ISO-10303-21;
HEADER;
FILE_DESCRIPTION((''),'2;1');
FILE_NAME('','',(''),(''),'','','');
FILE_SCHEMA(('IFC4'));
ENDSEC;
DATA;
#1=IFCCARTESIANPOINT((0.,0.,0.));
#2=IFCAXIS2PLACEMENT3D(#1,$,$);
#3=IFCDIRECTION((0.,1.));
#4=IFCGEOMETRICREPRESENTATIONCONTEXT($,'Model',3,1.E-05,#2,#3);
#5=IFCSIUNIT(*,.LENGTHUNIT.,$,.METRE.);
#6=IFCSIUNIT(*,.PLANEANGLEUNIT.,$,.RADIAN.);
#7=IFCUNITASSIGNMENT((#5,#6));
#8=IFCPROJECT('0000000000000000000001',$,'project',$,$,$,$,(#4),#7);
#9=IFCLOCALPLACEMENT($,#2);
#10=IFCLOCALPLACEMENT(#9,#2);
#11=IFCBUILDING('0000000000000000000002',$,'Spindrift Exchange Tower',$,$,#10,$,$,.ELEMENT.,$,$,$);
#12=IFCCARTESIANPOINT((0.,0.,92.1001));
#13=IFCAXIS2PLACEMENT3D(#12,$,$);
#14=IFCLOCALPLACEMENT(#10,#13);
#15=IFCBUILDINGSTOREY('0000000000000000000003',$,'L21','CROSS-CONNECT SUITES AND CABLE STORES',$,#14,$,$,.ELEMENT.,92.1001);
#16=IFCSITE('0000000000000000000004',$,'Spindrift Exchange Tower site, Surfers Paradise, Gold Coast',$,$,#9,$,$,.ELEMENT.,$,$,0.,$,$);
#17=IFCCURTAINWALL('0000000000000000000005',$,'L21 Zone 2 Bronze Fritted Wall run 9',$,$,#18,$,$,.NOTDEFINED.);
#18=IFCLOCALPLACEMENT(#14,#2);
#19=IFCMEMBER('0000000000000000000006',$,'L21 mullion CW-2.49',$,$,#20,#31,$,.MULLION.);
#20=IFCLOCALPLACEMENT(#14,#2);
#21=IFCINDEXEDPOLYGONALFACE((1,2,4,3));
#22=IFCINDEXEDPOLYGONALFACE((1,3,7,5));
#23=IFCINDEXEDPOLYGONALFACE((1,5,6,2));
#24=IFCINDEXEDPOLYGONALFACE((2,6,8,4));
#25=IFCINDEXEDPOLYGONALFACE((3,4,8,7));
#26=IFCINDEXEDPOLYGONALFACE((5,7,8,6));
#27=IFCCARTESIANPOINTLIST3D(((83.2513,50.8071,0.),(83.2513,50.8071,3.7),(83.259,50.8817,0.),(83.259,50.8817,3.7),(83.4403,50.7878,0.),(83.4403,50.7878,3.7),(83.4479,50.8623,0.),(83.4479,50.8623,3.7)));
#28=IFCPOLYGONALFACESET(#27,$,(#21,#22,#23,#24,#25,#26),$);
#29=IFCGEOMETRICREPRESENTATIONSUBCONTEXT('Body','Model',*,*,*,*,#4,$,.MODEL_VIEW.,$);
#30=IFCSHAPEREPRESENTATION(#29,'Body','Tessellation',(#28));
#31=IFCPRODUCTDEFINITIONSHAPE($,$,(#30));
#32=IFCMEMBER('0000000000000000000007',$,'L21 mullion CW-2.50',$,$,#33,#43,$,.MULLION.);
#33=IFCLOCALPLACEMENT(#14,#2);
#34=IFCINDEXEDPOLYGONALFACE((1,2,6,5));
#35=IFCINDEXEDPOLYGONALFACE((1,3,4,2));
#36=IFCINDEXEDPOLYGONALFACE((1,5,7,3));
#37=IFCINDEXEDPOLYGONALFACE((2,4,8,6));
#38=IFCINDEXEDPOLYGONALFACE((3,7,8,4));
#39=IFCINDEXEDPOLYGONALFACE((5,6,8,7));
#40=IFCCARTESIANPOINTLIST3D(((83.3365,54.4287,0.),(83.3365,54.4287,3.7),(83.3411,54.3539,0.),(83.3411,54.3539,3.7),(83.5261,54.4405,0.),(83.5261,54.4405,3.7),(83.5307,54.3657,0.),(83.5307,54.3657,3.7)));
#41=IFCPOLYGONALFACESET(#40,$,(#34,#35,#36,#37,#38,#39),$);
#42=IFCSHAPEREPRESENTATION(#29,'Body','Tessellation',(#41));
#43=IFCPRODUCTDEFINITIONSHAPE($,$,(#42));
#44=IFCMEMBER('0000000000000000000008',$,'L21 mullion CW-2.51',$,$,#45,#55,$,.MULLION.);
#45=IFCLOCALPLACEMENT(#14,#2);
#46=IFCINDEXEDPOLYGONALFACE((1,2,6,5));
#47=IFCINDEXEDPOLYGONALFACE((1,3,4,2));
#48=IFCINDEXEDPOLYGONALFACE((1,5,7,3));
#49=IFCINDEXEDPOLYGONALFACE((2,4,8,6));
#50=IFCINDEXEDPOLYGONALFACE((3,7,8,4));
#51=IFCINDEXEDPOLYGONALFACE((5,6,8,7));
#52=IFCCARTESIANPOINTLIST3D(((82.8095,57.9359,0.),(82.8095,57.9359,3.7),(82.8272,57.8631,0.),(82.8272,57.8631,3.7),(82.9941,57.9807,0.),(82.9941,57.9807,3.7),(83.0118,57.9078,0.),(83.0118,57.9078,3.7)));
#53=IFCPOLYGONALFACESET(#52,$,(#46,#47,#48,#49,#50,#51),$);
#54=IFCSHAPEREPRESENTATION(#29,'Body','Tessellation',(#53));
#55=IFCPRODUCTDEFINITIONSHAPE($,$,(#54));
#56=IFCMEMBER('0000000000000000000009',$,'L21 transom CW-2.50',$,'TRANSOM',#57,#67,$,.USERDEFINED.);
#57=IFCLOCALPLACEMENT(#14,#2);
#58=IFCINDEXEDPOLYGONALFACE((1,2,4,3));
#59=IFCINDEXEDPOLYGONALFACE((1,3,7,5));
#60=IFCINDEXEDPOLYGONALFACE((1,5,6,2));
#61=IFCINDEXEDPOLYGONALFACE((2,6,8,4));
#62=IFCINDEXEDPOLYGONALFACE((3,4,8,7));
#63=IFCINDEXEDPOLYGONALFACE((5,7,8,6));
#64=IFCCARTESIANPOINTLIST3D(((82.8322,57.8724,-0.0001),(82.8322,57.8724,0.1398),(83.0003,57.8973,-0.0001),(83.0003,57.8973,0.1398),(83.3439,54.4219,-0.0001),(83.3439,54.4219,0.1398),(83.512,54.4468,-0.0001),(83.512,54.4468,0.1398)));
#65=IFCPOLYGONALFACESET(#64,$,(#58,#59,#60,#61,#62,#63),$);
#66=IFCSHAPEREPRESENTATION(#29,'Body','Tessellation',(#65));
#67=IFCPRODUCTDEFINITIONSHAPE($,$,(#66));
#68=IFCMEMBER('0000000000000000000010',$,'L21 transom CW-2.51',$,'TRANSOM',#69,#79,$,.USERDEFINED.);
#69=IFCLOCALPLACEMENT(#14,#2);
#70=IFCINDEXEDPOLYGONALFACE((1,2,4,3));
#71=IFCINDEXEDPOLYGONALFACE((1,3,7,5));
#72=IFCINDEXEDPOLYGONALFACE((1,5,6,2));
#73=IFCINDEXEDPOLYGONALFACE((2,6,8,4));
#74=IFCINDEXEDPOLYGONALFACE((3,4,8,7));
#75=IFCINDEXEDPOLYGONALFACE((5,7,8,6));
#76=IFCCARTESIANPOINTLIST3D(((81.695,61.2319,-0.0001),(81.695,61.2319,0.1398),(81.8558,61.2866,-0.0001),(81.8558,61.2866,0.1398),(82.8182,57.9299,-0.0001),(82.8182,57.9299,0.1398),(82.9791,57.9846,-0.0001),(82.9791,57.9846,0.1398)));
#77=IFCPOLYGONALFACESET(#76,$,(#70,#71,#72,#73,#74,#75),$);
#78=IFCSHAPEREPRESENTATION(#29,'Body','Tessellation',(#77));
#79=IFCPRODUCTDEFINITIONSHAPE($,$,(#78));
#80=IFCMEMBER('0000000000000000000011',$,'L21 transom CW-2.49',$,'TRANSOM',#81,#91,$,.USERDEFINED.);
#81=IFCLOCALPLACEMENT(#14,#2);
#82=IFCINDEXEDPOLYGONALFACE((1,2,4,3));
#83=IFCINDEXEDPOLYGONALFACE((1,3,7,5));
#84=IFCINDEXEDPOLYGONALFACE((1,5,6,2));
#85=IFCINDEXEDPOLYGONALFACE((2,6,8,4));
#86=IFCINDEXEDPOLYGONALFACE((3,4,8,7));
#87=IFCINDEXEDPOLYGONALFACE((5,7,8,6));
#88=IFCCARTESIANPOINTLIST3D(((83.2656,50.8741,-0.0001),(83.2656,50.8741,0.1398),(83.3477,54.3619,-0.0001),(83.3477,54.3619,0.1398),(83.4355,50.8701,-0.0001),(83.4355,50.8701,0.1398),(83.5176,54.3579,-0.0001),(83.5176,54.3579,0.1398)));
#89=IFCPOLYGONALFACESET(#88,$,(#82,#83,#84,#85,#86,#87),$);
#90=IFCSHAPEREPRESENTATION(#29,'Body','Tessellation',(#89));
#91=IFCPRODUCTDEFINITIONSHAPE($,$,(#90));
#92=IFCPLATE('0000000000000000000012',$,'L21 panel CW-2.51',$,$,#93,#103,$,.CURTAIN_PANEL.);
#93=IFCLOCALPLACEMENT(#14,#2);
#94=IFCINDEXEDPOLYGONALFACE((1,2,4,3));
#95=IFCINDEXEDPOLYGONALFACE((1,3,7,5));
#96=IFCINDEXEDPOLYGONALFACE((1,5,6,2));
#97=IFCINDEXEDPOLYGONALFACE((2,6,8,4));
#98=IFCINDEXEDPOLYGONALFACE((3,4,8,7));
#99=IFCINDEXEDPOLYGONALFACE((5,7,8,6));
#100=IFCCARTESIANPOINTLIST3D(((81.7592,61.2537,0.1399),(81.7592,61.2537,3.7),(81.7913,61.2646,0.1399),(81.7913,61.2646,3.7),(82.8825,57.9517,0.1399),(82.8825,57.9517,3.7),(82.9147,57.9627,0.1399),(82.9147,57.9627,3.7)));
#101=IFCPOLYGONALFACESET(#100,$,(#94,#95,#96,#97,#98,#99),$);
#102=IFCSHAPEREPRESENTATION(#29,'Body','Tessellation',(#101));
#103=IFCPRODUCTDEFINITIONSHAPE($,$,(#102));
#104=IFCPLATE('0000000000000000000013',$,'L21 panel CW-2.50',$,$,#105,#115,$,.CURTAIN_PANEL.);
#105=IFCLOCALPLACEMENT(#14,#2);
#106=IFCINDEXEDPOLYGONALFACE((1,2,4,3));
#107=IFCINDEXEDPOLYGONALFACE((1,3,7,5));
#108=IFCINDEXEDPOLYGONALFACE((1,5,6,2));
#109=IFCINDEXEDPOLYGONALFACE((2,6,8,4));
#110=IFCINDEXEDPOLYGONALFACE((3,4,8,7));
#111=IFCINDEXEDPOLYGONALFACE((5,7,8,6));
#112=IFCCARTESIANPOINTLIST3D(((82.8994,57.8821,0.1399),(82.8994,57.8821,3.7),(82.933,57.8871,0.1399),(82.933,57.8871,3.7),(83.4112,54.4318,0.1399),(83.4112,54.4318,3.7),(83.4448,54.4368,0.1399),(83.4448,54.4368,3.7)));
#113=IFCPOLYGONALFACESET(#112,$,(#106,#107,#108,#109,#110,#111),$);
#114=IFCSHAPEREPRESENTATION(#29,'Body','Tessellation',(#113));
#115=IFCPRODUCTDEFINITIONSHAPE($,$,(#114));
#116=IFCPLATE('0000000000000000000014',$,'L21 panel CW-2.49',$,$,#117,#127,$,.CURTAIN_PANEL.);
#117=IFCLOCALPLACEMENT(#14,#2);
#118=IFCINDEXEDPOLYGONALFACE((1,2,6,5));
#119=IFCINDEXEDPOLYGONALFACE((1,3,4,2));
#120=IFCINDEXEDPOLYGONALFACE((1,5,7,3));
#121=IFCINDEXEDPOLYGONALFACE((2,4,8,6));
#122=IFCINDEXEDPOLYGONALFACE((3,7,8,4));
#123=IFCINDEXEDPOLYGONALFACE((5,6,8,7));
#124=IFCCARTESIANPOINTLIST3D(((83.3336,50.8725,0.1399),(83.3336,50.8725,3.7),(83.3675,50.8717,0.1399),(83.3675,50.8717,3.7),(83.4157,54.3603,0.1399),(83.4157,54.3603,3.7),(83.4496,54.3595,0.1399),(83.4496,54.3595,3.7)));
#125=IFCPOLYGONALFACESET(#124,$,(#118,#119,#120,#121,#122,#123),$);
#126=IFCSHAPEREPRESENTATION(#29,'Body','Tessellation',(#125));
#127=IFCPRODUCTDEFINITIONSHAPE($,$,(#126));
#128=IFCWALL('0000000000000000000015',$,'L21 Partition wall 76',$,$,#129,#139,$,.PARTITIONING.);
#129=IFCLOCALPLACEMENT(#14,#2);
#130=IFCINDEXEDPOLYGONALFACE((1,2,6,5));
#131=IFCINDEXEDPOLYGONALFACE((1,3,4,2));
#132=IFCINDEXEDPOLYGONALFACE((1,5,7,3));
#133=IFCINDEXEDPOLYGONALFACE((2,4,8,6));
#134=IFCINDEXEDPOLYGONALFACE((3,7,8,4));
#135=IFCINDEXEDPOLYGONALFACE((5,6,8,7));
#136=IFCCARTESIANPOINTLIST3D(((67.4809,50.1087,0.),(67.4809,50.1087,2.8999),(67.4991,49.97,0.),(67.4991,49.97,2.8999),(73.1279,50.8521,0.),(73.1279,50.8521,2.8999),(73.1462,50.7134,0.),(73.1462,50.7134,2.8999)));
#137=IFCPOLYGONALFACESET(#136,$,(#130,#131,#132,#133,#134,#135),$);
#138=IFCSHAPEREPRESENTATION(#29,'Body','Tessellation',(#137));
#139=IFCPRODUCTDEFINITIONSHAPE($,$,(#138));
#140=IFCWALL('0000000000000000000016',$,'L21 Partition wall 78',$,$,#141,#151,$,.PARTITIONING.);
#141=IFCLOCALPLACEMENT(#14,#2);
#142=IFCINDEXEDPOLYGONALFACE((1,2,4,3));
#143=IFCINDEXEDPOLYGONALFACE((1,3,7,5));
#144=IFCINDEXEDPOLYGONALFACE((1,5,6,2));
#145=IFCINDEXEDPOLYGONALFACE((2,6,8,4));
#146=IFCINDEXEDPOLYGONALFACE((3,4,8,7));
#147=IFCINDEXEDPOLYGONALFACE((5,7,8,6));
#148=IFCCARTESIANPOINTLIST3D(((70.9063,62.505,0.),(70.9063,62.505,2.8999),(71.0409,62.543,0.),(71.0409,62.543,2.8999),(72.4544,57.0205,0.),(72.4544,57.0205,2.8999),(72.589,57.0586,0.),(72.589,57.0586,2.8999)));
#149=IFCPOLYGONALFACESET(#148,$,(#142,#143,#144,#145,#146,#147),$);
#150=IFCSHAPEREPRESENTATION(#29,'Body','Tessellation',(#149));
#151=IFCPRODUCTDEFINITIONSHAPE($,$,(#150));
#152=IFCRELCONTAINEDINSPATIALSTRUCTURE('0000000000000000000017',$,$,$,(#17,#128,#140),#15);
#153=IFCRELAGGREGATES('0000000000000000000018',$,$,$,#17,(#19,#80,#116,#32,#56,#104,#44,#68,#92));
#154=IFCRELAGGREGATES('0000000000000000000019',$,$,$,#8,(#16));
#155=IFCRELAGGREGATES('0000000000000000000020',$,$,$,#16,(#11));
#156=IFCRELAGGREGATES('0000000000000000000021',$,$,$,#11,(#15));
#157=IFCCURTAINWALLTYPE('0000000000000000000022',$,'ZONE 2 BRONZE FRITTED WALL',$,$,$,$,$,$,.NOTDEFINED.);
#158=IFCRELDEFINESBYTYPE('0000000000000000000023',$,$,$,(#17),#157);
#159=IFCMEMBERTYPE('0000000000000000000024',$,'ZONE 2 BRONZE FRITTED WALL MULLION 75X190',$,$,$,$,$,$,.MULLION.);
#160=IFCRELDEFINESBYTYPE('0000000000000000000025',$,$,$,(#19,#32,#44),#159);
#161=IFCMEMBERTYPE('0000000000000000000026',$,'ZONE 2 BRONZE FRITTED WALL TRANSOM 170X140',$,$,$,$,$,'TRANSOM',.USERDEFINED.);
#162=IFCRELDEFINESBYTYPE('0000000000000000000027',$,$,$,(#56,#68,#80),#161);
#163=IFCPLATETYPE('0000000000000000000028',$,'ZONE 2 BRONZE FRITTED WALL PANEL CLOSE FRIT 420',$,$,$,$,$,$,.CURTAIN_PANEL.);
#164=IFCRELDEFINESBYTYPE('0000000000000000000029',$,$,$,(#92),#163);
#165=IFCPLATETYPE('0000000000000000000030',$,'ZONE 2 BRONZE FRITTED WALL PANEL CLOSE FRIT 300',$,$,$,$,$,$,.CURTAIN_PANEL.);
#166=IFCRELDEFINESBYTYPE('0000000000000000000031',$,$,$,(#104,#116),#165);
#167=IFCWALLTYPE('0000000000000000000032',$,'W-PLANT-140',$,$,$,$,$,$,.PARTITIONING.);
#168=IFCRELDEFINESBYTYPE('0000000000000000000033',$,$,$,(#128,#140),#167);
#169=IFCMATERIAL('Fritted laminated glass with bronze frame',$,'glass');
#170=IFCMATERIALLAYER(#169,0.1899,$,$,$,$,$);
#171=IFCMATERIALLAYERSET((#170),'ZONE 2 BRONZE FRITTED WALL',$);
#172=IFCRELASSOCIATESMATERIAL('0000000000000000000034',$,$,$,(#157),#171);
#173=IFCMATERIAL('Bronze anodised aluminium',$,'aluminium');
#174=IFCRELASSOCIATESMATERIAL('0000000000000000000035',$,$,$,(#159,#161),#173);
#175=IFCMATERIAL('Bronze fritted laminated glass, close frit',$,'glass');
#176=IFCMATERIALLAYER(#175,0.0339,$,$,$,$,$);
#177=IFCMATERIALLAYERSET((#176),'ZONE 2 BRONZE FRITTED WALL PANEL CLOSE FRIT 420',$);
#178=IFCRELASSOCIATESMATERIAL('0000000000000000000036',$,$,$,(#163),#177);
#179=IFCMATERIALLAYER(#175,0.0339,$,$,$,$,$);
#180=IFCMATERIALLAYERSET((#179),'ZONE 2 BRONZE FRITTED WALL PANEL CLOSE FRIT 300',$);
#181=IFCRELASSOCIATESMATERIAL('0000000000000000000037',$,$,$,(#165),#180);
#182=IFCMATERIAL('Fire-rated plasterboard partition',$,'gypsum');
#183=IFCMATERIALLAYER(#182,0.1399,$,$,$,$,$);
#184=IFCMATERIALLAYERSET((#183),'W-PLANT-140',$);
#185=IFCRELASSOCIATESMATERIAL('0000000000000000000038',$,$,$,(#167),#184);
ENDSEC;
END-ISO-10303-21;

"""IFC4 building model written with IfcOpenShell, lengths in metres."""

from ifc_helpers import new_model, si_unit, direction, frame, frame_2d, origin, origin_2d, place, context, subcontext, project, spatial, rectangle, extrude, source, transform, mapped, material, layer, layer_set, material_profile, profile_set, type_object, element, aggregate, save


model = new_model("IFC4")

# Units and contexts
model_context = context("Model", 3, precision=1e-05, world=origin(), true_north=direction((0.0, 1.0)))
body_context = subcontext(model_context, "Body", "Model", "MODEL_VIEW")
ifc_project = project(units=[si_unit("LENGTHUNIT", "METRE"), si_unit("PLANEANGLEUNIT", "RADIAN")], contexts=[model_context])

# Site, building, storey
site_placement = place(None, origin())
site = spatial("IfcSite", under=ifc_project, at=site_placement, Name="Spindrift Exchange Tower site, Surfers Paradise, Gold Coast", CompositionType="ELEMENT", RefElevation=0.0)
building_placement = place(site_placement, origin())
building = spatial("IfcBuilding", under=site, at=building_placement, Name="Spindrift Exchange Tower", CompositionType="ELEMENT")
storey_placement = place(building_placement, frame((0.0, 0.0, 92.1001)))
storey = spatial("IfcBuildingStorey", under=building, at=storey_placement, Name="L21", Description="CROSS-CONNECT SUITES AND CABLE STORES", CompositionType="ELEMENT", Elevation=92.1001)

# Curtain wall, members, plates
ifc_material_1 = material(Name="Fritted laminated glass with bronze frame", Category="glass")
ifc_layer_1 = layer(ifc_material_1, 0.1899)
ifc_layer_set_1 = layer_set([ifc_layer_1], Name="ZONE 2 BRONZE FRITTED WALL")
curtain_wall_type = type_object("IfcCurtainWallType", Name="ZONE 2 BRONZE FRITTED WALL", PredefinedType="NOTDEFINED", material=ifc_layer_set_1)
curtain_wall_placement = place(storey_placement, origin())
curtain_wall = element("IfcCurtainWall", 1, at=curtain_wall_placement, inside=storey, type_object=curtain_wall_type, Name="L21 Zone 2 Bronze Fritted Wall run 9", PredefinedType="NOTDEFINED")
ifc_material_2 = material(Name="Bronze anodised aluminium", Category="aluminium")
ifc_material_profile_1 = material_profile(ifc_material_2, rectangle(XDim=0.075, YDim=0.1899, at=origin_2d()), Name="ZONE 2 BRONZE FRITTED WALL MULLION 75X190")
ifc_profile_set_1 = profile_set([ifc_material_profile_1], Name="Bronze anodised aluminium")
member_type_1 = type_object("IfcMemberType", Name="ZONE 2 BRONZE FRITTED WALL MULLION 75X190", PredefinedType="MULLION", material=ifc_profile_set_1)
shared_shape_1 = source(origin(), body_context, "Body", "SweptSolid", [
    extrude(rectangle(XDim=0.075, YDim=0.1899, at=origin_2d()), origin(), (0.0, 0.0, 1.0), 3.7),
])
member_1_placement = place(storey_placement, frame((83.3496, 50.8347, 0.0), z_axis=(0.0, 0.0, 1.0), x_axis=(0.101932, 0.994791, 0.0)))
member_1 = element("IfcMember", 2, at=member_1_placement, type_object=member_type_1, Name="L21 mullion CW-2.49", PredefinedType="MULLION", context=body_context, shape_type="MappedRepresentation", body=[
    mapped(shared_shape_1, transform((0.0, 0.0, 0.0), scale=1.0)),
])
member_2_placement = place(storey_placement, frame((83.4336, 54.3972, 0.0), z_axis=(0.0, 0.0, 1.0), x_axis=(-0.061832, 0.998087, 0.0)))
member_2 = element("IfcMember", 3, at=member_2_placement, type_object=member_type_1, Name="L21 mullion CW-2.50", PredefinedType="MULLION", context=body_context, shape_type="MappedRepresentation", body=[
    mapped(shared_shape_1, transform((0.0, 0.0, 0.0), scale=1.0)),
])
member_3_placement = place(storey_placement, frame((82.9106, 57.9219, 0.0), z_axis=(0.0, 0.0, 1.0), x_axis=(-0.235365, 0.971907, 0.0)))
member_3 = element("IfcMember", 4, at=member_3_placement, type_object=member_type_1, Name="L21 mullion CW-2.51", PredefinedType="MULLION", context=body_context, shape_type="MappedRepresentation", body=[
    mapped(shared_shape_1, transform((0.0, 0.0, 0.0), scale=1.0)),
])
ifc_material_profile_2 = material_profile(ifc_material_2, rectangle(XDim=0.1699, YDim=0.1399, at=origin_2d()), Name="ZONE 2 BRONZE FRITTED WALL TRANSOM 170X140")
ifc_profile_set_2 = profile_set([ifc_material_profile_2], Name="Bronze anodised aluminium")
member_type_2 = type_object("IfcMemberType", Name="ZONE 2 BRONZE FRITTED WALL TRANSOM 170X140", ElementType="TRANSOM", PredefinedType="USERDEFINED", material=ifc_profile_set_2)
shared_shape_2 = source(origin(), body_context, "Body", "SweptSolid", [
    extrude(rectangle(XDim=0.1699, YDim=0.1399, at=origin_2d()), origin(), (0.0, 0.0, 1.0), 3.4883),
])
member_4_placement = place(storey_placement, frame((83.428, 54.4343, 0.0698), z_axis=(-0.146701, 0.989181, 0.0), x_axis=(-0.989181, -0.146701, 0.0)))
member_4 = element("IfcMember", 5, at=member_4_placement, type_object=member_type_2, Name="L21 transom CW-2.50", ObjectType="TRANSOM", PredefinedType="USERDEFINED", context=body_context, shape_type="MappedRepresentation", body=[
    mapped(shared_shape_2, transform((0.0, 0.0, 0.0), scale=1.0)),
])
shared_shape_3 = source(origin(), body_context, "Body", "SweptSolid", [
    extrude(rectangle(XDim=0.1699, YDim=0.1399, at=origin_2d()), origin(), (0.0, 0.0, 1.0), 3.4878),
])
member_5_placement = place(storey_placement, frame((82.8987, 57.9573, 0.0698), z_axis=(-0.32206, 0.946719, 0.0), x_axis=(-0.946719, -0.32206, 0.0)))
member_5 = element("IfcMember", 6, at=member_5_placement, type_object=member_type_2, Name="L21 transom CW-2.51", ObjectType="TRANSOM", PredefinedType="USERDEFINED", context=body_context, shape_type="MappedRepresentation", body=[
    mapped(shared_shape_3, transform((0.0, 0.0, 0.0), scale=1.0)),
])
shared_shape_4 = source(origin(), body_context, "Body", "SweptSolid", [
    extrude(rectangle(XDim=0.1699, YDim=0.1399, at=origin_2d()), origin(), (0.0, 0.0, 1.0), 3.4888),
])
member_6_placement = place(storey_placement, frame((83.3506, 50.8721, 0.0698), z_axis=(0.023513, 0.999724, 0.0), x_axis=(-0.999724, 0.023513, 0.0)))
member_6 = element("IfcMember", 7, at=member_6_placement, type_object=member_type_2, Name="L21 transom CW-2.49", ObjectType="TRANSOM", PredefinedType="USERDEFINED", context=body_context, shape_type="MappedRepresentation", body=[
    mapped(shared_shape_4, transform((0.0, 0.0, 0.0), scale=1.0)),
])
ifc_material_3 = material(Name="Bronze fritted laminated glass, close frit", Category="glass")
ifc_layer_2 = layer(ifc_material_3, 0.0339)
ifc_layer_set_2 = layer_set([ifc_layer_2], Name="ZONE 2 BRONZE FRITTED WALL PANEL CLOSE FRIT 420")
plate_type_1 = type_object("IfcPlateType", Name="ZONE 2 BRONZE FRITTED WALL PANEL CLOSE FRIT 420", PredefinedType="CURTAIN_PANEL", material=ifc_layer_set_2)
shared_shape_5 = source(origin(), body_context, "Body", "SweptSolid", [
    extrude(rectangle(XDim=3.4878, YDim=0.0339, at=origin_2d()), origin(), (0.0, 0.0, 1.0), 3.5601),
])
plate_1_placement = place(storey_placement, frame((82.3369, 59.6082, 0.1399), z_axis=(0.0, 0.0, 1.0), x_axis=(-0.322082, 0.946712, 0.0)))
plate_1 = element("IfcPlate", 8, at=plate_1_placement, type_object=plate_type_1, Name="L21 panel CW-2.51", PredefinedType="CURTAIN_PANEL", context=body_context, shape_type="MappedRepresentation", body=[
    mapped(shared_shape_5, transform((0.0, 0.0, 0.0), scale=1.0)),
])
ifc_layer_3 = layer(ifc_material_3, 0.0339)
ifc_layer_set_3 = layer_set([ifc_layer_3], Name="ZONE 2 BRONZE FRITTED WALL PANEL CLOSE FRIT 300")
plate_type_2 = type_object("IfcPlateType", Name="ZONE 2 BRONZE FRITTED WALL PANEL CLOSE FRIT 300", PredefinedType="CURTAIN_PANEL", material=ifc_layer_set_3)
shared_shape_6 = source(origin(), body_context, "Body", "SweptSolid", [
    extrude(rectangle(XDim=3.488, YDim=0.0339, at=origin_2d()), origin(), (0.0, 0.0, 1.0), 3.5601),
])
plate_2_placement = place(storey_placement, frame((83.1721, 56.1594, 0.1399), z_axis=(0.0, 0.0, 1.0), x_axis=(-0.146727, 0.989177, 0.0)))
plate_2 = element("IfcPlate", 9, at=plate_2_placement, type_object=plate_type_2, Name="L21 panel CW-2.50", PredefinedType="CURTAIN_PANEL", context=body_context, shape_type="MappedRepresentation", body=[
    mapped(shared_shape_6, transform((0.0, 0.0, 0.0), scale=1.0)),
])
shared_shape_7 = source(origin(), body_context, "Body", "SweptSolid", [
    extrude(rectangle(XDim=3.4888, YDim=0.0339, at=origin_2d()), origin(), (0.0, 0.0, 1.0), 3.5601),
])
plate_3_placement = place(storey_placement, frame((83.3916, 52.616, 0.1399), z_axis=(0.0, 0.0, 1.0), x_axis=(0.023514, 0.999723, 0.0)))
plate_3 = element("IfcPlate", 10, at=plate_3_placement, type_object=plate_type_2, Name="L21 panel CW-2.49", PredefinedType="CURTAIN_PANEL", context=body_context, shape_type="MappedRepresentation", body=[
    mapped(shared_shape_7, transform((0.0, 0.0, 0.0), scale=1.0)),
])
aggregate(curtain_wall, [member_1, member_6, plate_3, member_2, member_4, plate_2, member_3, member_5, plate_1])

# Walls
ifc_material_4 = material(Name="Fire-rated plasterboard partition", Category="gypsum")
ifc_layer_4 = layer(ifc_material_4, 0.1399)
ifc_layer_set_4 = layer_set([ifc_layer_4], Name="W-PLANT-140")
wall_type_1 = type_object("IfcWallType", Name="W-PLANT-140", PredefinedType="PARTITIONING", material=ifc_layer_set_4)
wall_1_placement = place(storey_placement, frame((67.49, 50.0393, 0.0), z_axis=(0.0, 0.0, 1.0), x_axis=(0.991446, 0.130521, 0.0)))
element("IfcWall", 11, at=wall_1_placement, inside=storey, type_object=wall_type_1, Name="L21 Partition wall 76", PredefinedType="PARTITIONING", context=body_context, shape_type="SweptSolid", body=[
    extrude(rectangle(XDim=5.6958, YDim=0.1399, at=frame_2d((2.8479, 0.0))), origin(), (0.0, 0.0, 1.0), 2.8999),
])
wall_2_placement = place(storey_placement, frame((72.5217, 57.0396, 0.0), z_axis=(0.0, 0.0, 1.0), x_axis=(-0.271659, 0.962394, 0.0)))
element("IfcWall", 12, at=wall_2_placement, inside=storey, type_object=wall_type_1, Name="L21 Partition wall 78", PredefinedType="PARTITIONING", context=body_context, shape_type="SweptSolid", body=[
    extrude(rectangle(XDim=5.6987, YDim=0.1399, at=frame_2d((2.8494, 0.0))), origin(), (0.0, 0.0, 1.0), 2.8999),
])

save(model, "model.ifc")
